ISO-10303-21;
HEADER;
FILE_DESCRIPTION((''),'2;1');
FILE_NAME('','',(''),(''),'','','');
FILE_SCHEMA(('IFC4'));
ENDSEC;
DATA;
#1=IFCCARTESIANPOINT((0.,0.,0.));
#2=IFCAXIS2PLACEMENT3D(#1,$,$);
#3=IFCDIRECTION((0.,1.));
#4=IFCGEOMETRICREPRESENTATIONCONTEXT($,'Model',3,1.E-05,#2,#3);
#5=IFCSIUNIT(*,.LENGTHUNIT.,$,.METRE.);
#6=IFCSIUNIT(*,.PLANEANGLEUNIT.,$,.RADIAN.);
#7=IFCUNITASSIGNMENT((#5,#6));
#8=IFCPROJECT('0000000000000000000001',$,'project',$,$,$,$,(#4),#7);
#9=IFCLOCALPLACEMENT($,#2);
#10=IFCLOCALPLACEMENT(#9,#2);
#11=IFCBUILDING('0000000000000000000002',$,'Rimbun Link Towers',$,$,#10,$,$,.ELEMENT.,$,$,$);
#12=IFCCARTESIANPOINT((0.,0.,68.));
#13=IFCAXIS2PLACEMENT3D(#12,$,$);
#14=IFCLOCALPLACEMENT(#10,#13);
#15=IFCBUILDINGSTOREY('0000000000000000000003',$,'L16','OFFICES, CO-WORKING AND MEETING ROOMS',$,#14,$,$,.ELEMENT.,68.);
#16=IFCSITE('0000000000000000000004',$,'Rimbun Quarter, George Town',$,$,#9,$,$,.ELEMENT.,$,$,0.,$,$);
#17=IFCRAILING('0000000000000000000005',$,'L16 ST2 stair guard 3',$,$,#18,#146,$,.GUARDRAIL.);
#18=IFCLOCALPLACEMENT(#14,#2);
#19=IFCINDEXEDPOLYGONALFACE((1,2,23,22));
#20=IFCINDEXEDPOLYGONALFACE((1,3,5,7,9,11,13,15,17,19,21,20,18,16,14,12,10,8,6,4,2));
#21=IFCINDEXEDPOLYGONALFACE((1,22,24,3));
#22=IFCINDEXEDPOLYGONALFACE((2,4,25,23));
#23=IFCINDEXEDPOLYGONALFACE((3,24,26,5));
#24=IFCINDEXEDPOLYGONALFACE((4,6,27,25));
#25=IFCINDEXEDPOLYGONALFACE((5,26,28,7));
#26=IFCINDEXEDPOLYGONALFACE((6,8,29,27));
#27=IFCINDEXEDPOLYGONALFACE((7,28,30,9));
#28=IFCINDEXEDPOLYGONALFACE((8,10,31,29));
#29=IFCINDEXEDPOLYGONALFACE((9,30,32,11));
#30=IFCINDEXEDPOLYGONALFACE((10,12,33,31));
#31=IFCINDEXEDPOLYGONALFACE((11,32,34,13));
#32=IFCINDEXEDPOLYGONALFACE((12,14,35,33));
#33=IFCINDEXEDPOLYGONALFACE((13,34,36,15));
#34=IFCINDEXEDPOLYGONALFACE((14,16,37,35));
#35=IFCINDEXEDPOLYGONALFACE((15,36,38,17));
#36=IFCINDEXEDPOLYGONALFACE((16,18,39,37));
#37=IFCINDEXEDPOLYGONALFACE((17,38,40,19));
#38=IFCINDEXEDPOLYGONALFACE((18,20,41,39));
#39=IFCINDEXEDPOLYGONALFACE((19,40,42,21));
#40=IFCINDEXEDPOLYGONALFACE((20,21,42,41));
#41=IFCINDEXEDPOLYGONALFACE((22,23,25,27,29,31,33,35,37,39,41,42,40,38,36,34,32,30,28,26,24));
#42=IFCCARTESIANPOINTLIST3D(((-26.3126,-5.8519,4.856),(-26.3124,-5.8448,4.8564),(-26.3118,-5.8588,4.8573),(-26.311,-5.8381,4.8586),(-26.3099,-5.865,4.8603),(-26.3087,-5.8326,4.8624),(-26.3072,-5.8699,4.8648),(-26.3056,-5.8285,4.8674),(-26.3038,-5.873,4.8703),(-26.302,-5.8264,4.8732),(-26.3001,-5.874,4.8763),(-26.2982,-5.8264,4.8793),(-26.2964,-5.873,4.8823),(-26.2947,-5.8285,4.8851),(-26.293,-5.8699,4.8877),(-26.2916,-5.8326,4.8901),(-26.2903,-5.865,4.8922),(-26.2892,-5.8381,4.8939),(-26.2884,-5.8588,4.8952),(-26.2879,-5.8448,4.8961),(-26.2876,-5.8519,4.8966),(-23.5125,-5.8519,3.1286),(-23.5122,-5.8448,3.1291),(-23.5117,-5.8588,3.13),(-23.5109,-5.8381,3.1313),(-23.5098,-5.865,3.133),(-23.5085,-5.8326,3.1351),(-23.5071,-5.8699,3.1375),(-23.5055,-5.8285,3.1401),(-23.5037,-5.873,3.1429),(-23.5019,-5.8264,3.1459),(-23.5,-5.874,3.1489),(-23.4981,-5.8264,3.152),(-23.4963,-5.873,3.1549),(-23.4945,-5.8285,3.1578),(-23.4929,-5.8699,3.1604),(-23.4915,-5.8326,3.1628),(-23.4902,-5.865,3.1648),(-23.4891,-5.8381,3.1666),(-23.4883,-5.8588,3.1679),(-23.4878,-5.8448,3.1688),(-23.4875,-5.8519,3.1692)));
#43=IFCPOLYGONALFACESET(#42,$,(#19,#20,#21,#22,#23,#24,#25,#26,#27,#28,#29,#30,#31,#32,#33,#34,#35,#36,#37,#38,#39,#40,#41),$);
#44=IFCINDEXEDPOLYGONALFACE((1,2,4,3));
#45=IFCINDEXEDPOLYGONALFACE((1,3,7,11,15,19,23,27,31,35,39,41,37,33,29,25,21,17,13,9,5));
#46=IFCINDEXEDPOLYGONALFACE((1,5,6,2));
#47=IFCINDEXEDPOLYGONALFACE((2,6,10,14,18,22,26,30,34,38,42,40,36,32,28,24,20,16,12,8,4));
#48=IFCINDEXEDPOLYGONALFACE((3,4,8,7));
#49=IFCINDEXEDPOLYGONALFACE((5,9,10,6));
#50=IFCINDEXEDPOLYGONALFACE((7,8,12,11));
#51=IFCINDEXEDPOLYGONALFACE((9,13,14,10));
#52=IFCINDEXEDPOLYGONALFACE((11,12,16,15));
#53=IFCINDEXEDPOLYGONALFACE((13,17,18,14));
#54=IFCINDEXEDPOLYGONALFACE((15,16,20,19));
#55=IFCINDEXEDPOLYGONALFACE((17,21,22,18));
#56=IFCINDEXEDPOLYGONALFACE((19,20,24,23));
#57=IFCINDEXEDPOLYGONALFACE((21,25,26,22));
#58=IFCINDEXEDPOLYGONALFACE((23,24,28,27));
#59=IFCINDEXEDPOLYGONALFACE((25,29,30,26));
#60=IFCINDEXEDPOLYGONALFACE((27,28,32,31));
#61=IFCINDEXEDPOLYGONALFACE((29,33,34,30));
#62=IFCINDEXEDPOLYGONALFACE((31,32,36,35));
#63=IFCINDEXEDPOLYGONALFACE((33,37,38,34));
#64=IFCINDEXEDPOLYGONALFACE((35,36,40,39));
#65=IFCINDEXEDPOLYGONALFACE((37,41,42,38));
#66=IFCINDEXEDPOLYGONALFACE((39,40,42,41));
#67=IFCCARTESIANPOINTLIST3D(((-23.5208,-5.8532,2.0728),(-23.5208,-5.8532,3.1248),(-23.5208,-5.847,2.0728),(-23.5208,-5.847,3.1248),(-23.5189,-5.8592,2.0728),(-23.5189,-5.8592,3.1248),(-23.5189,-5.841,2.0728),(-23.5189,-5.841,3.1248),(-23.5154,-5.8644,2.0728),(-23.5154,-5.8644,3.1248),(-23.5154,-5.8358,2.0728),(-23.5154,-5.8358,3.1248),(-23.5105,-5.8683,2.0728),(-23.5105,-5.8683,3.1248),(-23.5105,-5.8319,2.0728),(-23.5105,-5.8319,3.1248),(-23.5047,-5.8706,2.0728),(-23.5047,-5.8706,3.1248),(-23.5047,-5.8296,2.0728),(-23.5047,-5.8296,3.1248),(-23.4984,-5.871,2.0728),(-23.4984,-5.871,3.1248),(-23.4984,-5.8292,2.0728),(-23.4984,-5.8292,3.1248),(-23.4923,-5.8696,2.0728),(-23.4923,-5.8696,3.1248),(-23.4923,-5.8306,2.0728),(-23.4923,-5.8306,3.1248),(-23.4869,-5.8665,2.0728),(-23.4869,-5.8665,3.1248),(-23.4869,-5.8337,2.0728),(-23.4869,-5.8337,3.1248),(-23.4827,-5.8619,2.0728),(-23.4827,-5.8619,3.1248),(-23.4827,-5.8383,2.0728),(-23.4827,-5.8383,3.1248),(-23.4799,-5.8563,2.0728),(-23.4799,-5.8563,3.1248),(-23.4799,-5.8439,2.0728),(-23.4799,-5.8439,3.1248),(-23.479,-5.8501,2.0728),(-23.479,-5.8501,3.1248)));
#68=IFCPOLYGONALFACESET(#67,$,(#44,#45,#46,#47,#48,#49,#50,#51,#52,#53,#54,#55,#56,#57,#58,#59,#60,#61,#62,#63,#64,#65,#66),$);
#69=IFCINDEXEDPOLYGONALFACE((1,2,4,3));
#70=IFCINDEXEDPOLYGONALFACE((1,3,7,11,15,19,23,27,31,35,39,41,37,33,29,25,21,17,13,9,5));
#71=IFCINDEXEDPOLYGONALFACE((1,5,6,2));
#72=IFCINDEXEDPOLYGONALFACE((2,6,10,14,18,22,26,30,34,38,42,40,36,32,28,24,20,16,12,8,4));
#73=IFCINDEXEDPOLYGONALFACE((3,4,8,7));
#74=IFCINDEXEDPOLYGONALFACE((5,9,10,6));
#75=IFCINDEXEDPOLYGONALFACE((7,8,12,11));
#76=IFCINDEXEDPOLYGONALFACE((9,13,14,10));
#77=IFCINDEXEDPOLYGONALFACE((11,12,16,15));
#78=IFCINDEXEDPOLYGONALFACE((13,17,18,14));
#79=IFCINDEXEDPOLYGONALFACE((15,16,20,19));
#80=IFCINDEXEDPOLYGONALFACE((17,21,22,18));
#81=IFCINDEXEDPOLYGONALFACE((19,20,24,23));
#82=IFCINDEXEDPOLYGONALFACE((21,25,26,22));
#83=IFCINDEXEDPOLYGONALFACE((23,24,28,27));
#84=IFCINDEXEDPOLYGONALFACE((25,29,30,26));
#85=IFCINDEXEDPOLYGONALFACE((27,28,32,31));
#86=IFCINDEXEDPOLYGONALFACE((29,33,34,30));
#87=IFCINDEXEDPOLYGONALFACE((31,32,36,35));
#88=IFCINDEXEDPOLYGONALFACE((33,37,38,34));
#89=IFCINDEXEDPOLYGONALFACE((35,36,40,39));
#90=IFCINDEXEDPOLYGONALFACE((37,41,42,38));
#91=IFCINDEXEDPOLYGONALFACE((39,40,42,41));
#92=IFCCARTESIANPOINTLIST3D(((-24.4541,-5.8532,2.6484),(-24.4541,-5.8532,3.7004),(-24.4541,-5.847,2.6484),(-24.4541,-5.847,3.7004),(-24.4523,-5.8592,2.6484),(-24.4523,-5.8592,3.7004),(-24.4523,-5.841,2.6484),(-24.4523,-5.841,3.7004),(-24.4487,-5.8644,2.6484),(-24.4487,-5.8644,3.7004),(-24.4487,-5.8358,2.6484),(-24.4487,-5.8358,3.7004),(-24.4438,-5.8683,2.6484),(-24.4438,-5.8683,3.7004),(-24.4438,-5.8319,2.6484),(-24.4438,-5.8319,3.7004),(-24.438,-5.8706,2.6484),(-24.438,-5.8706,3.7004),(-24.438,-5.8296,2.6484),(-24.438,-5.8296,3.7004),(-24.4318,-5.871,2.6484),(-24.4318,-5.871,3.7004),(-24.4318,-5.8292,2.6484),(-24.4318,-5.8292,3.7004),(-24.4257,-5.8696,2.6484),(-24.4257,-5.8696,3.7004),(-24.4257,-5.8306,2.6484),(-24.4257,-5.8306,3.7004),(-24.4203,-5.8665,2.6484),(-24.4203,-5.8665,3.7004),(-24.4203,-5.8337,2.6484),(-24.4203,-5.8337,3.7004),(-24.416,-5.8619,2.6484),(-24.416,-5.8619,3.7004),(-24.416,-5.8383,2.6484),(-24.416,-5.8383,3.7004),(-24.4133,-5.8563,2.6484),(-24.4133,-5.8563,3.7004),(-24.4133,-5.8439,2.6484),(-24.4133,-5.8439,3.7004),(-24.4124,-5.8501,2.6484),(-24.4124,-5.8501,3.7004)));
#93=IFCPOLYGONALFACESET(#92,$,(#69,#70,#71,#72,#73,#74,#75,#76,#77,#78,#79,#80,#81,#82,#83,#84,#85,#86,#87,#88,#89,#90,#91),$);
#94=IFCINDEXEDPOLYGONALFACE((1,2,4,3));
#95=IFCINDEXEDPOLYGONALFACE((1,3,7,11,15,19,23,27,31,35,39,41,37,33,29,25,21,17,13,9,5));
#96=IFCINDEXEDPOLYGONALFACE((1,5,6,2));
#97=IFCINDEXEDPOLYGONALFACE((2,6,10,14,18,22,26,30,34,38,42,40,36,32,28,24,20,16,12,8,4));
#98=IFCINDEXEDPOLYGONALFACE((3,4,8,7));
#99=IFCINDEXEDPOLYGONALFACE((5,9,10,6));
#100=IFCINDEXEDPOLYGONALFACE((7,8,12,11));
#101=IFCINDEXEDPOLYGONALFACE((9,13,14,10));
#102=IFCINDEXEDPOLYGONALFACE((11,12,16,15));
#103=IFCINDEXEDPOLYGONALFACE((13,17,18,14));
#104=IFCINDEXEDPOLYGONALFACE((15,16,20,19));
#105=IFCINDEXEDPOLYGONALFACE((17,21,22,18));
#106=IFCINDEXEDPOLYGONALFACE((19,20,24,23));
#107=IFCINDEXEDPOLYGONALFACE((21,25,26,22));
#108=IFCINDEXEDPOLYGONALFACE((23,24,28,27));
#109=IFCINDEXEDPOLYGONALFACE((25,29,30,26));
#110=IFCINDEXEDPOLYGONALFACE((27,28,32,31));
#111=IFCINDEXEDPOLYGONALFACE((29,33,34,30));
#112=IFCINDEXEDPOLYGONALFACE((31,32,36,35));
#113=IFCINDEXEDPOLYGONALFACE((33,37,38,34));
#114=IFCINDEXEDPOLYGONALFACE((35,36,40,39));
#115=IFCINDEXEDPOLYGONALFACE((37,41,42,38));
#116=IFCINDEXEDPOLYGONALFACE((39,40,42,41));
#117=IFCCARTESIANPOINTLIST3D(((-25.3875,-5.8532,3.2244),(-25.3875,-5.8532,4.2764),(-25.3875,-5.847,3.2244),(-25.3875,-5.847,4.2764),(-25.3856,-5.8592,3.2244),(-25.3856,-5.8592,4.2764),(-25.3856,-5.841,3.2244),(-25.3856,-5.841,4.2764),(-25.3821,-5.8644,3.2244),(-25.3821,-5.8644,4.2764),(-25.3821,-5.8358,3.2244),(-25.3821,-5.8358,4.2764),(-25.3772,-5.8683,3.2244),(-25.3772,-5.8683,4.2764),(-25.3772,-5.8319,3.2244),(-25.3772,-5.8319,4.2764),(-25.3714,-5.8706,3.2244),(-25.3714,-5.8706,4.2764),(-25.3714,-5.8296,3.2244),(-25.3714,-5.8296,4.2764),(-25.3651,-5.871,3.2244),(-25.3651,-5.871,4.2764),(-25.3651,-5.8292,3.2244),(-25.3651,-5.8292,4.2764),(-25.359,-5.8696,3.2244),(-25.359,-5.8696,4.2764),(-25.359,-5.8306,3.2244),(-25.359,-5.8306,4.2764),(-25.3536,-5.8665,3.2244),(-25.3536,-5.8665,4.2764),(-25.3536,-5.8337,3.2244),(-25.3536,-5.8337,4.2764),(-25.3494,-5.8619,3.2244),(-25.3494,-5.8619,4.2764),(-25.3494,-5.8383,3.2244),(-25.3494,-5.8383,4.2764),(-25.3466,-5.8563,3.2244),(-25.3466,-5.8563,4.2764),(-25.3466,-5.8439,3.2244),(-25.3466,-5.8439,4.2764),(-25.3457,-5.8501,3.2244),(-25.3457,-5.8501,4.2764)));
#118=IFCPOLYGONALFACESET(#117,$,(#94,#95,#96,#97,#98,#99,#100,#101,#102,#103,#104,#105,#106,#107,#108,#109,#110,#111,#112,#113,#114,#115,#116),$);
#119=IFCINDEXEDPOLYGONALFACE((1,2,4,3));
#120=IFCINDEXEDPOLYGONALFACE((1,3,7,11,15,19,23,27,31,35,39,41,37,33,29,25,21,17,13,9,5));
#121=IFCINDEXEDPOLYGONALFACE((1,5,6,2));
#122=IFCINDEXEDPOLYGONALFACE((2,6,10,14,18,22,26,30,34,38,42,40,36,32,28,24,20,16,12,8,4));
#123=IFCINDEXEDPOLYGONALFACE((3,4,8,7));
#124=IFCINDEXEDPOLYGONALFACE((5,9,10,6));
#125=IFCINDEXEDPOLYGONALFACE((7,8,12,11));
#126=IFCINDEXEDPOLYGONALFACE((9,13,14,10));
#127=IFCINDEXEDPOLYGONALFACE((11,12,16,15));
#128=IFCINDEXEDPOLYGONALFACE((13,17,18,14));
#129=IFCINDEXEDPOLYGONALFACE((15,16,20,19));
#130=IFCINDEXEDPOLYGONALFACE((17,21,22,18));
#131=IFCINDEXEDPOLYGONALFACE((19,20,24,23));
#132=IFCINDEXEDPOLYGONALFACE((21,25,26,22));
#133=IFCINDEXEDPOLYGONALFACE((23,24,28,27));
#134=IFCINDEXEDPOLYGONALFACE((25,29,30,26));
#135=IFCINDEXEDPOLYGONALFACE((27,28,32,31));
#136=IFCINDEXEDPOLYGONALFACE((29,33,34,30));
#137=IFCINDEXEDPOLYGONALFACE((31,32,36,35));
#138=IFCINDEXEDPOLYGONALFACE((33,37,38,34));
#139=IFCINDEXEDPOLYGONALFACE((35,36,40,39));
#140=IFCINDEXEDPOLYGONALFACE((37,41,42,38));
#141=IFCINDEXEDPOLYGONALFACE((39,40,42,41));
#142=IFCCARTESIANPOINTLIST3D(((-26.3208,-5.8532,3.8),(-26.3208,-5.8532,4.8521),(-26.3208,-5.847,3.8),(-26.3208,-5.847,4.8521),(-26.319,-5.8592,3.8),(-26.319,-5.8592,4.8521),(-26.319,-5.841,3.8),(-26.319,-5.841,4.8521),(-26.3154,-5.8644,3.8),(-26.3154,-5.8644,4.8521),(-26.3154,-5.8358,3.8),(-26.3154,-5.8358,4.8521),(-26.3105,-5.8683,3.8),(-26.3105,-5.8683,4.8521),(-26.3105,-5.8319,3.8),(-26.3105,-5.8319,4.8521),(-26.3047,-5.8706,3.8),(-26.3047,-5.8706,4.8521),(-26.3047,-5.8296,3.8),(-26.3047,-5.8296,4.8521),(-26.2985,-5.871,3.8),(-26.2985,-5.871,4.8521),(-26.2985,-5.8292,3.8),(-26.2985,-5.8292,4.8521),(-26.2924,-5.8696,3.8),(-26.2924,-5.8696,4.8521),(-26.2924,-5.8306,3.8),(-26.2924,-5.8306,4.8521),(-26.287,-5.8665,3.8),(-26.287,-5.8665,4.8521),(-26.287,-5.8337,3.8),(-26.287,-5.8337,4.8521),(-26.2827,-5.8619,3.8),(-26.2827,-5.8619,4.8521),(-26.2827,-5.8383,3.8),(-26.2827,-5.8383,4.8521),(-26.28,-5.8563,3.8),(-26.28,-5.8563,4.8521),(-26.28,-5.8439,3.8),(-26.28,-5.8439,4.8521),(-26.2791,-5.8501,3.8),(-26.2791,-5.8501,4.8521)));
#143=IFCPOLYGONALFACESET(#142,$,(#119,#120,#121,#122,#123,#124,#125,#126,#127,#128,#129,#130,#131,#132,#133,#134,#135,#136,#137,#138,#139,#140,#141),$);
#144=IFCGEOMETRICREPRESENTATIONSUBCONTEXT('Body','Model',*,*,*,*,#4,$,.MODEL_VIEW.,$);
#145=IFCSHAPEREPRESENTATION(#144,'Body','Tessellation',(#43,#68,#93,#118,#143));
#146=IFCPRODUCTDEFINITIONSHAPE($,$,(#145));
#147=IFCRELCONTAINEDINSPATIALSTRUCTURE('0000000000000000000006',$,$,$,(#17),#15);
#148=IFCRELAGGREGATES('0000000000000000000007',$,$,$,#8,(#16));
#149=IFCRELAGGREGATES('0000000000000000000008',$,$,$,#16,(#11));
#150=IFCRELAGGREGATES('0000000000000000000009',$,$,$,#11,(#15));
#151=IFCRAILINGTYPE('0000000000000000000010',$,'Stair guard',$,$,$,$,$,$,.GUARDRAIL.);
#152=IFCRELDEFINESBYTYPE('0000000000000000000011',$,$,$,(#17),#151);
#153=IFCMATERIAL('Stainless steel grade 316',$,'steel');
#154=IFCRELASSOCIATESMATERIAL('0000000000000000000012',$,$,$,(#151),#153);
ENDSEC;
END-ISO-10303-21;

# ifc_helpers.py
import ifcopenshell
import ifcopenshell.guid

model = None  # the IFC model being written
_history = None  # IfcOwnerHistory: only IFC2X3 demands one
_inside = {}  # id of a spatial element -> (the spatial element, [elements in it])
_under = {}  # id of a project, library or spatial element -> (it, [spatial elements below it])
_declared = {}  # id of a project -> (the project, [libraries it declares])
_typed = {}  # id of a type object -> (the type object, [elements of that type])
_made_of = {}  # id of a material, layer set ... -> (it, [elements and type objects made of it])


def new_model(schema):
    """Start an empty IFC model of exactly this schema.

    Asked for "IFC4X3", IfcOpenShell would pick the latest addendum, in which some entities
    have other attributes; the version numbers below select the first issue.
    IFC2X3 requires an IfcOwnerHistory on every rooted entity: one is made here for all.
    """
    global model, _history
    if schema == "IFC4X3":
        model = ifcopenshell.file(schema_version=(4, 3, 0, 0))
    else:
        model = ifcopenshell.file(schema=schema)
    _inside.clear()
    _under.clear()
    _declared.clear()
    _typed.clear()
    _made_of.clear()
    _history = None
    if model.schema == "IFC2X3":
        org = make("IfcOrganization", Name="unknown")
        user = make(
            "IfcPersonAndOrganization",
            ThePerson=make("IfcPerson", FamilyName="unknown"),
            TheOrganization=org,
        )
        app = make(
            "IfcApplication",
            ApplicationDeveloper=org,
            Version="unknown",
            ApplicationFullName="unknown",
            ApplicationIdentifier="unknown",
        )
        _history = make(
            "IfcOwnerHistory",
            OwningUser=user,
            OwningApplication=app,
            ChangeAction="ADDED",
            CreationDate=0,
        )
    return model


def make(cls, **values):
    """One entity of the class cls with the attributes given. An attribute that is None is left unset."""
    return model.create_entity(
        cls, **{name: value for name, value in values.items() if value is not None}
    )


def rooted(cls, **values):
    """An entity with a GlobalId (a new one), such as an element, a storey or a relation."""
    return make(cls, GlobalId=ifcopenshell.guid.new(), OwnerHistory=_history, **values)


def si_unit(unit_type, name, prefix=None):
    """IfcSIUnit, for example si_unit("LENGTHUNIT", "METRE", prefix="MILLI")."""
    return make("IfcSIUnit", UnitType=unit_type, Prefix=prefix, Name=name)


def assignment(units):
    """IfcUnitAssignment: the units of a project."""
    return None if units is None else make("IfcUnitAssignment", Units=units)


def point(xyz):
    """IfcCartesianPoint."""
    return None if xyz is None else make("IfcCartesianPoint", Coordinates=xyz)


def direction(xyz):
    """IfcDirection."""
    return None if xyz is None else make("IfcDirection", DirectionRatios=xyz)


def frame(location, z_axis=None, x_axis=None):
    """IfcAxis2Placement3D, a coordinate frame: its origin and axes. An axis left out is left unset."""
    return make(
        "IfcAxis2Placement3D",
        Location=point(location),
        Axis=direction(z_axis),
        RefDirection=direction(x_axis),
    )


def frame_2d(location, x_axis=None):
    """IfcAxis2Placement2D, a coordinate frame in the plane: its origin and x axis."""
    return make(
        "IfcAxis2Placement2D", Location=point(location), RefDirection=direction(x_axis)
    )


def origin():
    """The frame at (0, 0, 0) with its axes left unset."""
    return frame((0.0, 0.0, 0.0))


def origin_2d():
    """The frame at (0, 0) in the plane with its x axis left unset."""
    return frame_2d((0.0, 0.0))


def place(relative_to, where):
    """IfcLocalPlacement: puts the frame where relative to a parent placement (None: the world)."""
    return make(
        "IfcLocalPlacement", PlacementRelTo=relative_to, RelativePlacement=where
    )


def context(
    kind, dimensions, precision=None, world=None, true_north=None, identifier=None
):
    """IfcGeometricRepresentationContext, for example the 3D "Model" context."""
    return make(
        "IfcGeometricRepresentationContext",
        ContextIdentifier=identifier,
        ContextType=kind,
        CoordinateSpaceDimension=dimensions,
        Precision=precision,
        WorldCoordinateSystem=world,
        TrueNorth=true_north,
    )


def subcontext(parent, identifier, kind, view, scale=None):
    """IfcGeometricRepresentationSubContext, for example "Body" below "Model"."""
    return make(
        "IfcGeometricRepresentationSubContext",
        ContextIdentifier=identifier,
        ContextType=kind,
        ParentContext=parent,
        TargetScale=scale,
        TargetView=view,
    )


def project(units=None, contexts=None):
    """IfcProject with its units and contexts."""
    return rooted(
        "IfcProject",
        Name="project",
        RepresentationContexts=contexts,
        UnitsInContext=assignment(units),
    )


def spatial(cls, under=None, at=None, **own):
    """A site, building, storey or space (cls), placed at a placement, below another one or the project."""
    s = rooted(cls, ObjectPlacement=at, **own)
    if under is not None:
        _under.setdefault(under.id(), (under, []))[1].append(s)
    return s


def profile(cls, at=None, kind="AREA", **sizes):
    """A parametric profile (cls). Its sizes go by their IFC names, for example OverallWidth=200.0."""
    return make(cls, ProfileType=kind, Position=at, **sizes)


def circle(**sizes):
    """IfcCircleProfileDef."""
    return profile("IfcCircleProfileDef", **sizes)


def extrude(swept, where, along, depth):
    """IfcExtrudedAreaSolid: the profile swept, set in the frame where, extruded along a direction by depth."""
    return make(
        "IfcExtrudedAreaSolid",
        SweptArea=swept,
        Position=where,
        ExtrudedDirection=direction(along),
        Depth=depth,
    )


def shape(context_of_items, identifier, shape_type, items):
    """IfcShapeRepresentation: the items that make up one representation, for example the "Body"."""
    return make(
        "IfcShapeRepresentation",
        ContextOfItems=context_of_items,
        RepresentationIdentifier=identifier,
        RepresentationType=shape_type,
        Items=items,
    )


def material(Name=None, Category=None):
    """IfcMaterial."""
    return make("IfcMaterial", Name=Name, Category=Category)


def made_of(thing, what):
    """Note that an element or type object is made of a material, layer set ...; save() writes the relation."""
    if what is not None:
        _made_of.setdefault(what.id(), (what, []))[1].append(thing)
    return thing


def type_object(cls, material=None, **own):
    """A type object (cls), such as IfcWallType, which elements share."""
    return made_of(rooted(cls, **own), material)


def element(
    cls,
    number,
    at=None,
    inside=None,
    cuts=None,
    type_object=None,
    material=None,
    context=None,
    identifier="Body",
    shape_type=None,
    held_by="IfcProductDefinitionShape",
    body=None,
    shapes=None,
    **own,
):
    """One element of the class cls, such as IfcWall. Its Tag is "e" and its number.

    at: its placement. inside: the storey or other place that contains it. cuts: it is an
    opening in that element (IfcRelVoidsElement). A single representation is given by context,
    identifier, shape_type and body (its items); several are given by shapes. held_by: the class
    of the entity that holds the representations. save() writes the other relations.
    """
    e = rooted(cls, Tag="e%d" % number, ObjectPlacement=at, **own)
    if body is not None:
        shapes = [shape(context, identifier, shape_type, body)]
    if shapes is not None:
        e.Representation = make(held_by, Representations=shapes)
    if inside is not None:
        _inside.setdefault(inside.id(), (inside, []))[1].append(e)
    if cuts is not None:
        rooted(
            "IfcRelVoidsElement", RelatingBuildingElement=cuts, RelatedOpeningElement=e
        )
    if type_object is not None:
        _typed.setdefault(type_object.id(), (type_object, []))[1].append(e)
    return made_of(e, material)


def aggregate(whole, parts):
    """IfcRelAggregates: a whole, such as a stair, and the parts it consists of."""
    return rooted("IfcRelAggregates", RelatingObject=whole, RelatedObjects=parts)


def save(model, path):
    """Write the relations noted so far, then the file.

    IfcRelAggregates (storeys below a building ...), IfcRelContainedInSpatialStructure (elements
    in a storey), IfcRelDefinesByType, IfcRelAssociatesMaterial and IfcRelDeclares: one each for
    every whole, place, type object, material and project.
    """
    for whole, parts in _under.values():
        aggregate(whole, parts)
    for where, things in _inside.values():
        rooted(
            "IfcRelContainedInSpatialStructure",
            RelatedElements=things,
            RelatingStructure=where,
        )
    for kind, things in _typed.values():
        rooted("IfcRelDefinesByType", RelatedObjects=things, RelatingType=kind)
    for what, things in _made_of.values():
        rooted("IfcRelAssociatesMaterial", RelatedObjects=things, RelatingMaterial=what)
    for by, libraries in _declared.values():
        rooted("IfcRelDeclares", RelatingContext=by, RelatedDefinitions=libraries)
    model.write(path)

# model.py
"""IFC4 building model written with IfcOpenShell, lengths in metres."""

from ifc_helpers import new_model, si_unit, direction, frame, origin, origin_2d, place, context, subcontext, project, spatial, circle, extrude, material, type_object, element, save


model = new_model("IFC4")

# Units and contexts
model_context = context("Model", 3, precision=1e-05, world=origin(), true_north=direction((0.0, 1.0)))
body_context = subcontext(model_context, "Body", "Model", "MODEL_VIEW")
ifc_project = project(units=[si_unit("LENGTHUNIT", "METRE"), si_unit("PLANEANGLEUNIT", "RADIAN")], contexts=[model_context])

# Site, building, storey
site_placement = place(None, origin())
site = spatial("IfcSite", under=ifc_project, at=site_placement, Name="Rimbun Quarter, George Town", CompositionType="ELEMENT", RefElevation=0.0)
building_placement = place(site_placement, origin())
building = spatial("IfcBuilding", under=site, at=building_placement, Name="Rimbun Link Towers", CompositionType="ELEMENT")
storey_placement = place(building_placement, frame((0.0, 0.0, 68.0)))
storey = spatial("IfcBuildingStorey", under=building, at=storey_placement, Name="L16", Description="OFFICES, CO-WORKING AND MEETING ROOMS", CompositionType="ELEMENT", Elevation=68.0)

# Railing
ifc_material_1 = material(Name="Stainless steel grade 316", Category="steel")
railing_type_1 = type_object("IfcRailingType", Name="Stair guard", PredefinedType="GUARDRAIL", material=ifc_material_1)
railing_1_placement = place(storey_placement, frame((-23.5, -5.8501, 2.0728)))
element("IfcRailing", 1, at=railing_1_placement, inside=storey, type_object=railing_type_1, Name="L16 ST2 stair guard 3", PredefinedType="GUARDRAIL", context=body_context, shape_type="SweptSolid", body=[
    extrude(circle(Radius=0.0239, at=origin_2d()), frame((0.0, 0.0, 1.0762), z_axis=(-0.85109, 0.0, 0.52502), x_axis=(0.0, -1.0, 0.0)), (0.0, 0.0, 1.0), 3.29),
    extrude(circle(Radius=0.021, at=origin_2d()), origin(), (0.0, 0.0, 1.0), 1.052),
    extrude(circle(Radius=0.021, at=origin_2d()), frame((-0.9333, 0.0, 0.5757)), (0.0, 0.0, 1.0), 1.052),
    extrude(circle(Radius=0.021, at=origin_2d()), frame((-1.8667, 0.0, 1.1516)), (0.0, 0.0, 1.0), 1.052),
    extrude(circle(Radius=0.021, at=origin_2d()), frame((-2.8, 0.0, 1.7273)), (0.0, 0.0, 1.0), 1.052),
])

save(model, "model.ifc")
